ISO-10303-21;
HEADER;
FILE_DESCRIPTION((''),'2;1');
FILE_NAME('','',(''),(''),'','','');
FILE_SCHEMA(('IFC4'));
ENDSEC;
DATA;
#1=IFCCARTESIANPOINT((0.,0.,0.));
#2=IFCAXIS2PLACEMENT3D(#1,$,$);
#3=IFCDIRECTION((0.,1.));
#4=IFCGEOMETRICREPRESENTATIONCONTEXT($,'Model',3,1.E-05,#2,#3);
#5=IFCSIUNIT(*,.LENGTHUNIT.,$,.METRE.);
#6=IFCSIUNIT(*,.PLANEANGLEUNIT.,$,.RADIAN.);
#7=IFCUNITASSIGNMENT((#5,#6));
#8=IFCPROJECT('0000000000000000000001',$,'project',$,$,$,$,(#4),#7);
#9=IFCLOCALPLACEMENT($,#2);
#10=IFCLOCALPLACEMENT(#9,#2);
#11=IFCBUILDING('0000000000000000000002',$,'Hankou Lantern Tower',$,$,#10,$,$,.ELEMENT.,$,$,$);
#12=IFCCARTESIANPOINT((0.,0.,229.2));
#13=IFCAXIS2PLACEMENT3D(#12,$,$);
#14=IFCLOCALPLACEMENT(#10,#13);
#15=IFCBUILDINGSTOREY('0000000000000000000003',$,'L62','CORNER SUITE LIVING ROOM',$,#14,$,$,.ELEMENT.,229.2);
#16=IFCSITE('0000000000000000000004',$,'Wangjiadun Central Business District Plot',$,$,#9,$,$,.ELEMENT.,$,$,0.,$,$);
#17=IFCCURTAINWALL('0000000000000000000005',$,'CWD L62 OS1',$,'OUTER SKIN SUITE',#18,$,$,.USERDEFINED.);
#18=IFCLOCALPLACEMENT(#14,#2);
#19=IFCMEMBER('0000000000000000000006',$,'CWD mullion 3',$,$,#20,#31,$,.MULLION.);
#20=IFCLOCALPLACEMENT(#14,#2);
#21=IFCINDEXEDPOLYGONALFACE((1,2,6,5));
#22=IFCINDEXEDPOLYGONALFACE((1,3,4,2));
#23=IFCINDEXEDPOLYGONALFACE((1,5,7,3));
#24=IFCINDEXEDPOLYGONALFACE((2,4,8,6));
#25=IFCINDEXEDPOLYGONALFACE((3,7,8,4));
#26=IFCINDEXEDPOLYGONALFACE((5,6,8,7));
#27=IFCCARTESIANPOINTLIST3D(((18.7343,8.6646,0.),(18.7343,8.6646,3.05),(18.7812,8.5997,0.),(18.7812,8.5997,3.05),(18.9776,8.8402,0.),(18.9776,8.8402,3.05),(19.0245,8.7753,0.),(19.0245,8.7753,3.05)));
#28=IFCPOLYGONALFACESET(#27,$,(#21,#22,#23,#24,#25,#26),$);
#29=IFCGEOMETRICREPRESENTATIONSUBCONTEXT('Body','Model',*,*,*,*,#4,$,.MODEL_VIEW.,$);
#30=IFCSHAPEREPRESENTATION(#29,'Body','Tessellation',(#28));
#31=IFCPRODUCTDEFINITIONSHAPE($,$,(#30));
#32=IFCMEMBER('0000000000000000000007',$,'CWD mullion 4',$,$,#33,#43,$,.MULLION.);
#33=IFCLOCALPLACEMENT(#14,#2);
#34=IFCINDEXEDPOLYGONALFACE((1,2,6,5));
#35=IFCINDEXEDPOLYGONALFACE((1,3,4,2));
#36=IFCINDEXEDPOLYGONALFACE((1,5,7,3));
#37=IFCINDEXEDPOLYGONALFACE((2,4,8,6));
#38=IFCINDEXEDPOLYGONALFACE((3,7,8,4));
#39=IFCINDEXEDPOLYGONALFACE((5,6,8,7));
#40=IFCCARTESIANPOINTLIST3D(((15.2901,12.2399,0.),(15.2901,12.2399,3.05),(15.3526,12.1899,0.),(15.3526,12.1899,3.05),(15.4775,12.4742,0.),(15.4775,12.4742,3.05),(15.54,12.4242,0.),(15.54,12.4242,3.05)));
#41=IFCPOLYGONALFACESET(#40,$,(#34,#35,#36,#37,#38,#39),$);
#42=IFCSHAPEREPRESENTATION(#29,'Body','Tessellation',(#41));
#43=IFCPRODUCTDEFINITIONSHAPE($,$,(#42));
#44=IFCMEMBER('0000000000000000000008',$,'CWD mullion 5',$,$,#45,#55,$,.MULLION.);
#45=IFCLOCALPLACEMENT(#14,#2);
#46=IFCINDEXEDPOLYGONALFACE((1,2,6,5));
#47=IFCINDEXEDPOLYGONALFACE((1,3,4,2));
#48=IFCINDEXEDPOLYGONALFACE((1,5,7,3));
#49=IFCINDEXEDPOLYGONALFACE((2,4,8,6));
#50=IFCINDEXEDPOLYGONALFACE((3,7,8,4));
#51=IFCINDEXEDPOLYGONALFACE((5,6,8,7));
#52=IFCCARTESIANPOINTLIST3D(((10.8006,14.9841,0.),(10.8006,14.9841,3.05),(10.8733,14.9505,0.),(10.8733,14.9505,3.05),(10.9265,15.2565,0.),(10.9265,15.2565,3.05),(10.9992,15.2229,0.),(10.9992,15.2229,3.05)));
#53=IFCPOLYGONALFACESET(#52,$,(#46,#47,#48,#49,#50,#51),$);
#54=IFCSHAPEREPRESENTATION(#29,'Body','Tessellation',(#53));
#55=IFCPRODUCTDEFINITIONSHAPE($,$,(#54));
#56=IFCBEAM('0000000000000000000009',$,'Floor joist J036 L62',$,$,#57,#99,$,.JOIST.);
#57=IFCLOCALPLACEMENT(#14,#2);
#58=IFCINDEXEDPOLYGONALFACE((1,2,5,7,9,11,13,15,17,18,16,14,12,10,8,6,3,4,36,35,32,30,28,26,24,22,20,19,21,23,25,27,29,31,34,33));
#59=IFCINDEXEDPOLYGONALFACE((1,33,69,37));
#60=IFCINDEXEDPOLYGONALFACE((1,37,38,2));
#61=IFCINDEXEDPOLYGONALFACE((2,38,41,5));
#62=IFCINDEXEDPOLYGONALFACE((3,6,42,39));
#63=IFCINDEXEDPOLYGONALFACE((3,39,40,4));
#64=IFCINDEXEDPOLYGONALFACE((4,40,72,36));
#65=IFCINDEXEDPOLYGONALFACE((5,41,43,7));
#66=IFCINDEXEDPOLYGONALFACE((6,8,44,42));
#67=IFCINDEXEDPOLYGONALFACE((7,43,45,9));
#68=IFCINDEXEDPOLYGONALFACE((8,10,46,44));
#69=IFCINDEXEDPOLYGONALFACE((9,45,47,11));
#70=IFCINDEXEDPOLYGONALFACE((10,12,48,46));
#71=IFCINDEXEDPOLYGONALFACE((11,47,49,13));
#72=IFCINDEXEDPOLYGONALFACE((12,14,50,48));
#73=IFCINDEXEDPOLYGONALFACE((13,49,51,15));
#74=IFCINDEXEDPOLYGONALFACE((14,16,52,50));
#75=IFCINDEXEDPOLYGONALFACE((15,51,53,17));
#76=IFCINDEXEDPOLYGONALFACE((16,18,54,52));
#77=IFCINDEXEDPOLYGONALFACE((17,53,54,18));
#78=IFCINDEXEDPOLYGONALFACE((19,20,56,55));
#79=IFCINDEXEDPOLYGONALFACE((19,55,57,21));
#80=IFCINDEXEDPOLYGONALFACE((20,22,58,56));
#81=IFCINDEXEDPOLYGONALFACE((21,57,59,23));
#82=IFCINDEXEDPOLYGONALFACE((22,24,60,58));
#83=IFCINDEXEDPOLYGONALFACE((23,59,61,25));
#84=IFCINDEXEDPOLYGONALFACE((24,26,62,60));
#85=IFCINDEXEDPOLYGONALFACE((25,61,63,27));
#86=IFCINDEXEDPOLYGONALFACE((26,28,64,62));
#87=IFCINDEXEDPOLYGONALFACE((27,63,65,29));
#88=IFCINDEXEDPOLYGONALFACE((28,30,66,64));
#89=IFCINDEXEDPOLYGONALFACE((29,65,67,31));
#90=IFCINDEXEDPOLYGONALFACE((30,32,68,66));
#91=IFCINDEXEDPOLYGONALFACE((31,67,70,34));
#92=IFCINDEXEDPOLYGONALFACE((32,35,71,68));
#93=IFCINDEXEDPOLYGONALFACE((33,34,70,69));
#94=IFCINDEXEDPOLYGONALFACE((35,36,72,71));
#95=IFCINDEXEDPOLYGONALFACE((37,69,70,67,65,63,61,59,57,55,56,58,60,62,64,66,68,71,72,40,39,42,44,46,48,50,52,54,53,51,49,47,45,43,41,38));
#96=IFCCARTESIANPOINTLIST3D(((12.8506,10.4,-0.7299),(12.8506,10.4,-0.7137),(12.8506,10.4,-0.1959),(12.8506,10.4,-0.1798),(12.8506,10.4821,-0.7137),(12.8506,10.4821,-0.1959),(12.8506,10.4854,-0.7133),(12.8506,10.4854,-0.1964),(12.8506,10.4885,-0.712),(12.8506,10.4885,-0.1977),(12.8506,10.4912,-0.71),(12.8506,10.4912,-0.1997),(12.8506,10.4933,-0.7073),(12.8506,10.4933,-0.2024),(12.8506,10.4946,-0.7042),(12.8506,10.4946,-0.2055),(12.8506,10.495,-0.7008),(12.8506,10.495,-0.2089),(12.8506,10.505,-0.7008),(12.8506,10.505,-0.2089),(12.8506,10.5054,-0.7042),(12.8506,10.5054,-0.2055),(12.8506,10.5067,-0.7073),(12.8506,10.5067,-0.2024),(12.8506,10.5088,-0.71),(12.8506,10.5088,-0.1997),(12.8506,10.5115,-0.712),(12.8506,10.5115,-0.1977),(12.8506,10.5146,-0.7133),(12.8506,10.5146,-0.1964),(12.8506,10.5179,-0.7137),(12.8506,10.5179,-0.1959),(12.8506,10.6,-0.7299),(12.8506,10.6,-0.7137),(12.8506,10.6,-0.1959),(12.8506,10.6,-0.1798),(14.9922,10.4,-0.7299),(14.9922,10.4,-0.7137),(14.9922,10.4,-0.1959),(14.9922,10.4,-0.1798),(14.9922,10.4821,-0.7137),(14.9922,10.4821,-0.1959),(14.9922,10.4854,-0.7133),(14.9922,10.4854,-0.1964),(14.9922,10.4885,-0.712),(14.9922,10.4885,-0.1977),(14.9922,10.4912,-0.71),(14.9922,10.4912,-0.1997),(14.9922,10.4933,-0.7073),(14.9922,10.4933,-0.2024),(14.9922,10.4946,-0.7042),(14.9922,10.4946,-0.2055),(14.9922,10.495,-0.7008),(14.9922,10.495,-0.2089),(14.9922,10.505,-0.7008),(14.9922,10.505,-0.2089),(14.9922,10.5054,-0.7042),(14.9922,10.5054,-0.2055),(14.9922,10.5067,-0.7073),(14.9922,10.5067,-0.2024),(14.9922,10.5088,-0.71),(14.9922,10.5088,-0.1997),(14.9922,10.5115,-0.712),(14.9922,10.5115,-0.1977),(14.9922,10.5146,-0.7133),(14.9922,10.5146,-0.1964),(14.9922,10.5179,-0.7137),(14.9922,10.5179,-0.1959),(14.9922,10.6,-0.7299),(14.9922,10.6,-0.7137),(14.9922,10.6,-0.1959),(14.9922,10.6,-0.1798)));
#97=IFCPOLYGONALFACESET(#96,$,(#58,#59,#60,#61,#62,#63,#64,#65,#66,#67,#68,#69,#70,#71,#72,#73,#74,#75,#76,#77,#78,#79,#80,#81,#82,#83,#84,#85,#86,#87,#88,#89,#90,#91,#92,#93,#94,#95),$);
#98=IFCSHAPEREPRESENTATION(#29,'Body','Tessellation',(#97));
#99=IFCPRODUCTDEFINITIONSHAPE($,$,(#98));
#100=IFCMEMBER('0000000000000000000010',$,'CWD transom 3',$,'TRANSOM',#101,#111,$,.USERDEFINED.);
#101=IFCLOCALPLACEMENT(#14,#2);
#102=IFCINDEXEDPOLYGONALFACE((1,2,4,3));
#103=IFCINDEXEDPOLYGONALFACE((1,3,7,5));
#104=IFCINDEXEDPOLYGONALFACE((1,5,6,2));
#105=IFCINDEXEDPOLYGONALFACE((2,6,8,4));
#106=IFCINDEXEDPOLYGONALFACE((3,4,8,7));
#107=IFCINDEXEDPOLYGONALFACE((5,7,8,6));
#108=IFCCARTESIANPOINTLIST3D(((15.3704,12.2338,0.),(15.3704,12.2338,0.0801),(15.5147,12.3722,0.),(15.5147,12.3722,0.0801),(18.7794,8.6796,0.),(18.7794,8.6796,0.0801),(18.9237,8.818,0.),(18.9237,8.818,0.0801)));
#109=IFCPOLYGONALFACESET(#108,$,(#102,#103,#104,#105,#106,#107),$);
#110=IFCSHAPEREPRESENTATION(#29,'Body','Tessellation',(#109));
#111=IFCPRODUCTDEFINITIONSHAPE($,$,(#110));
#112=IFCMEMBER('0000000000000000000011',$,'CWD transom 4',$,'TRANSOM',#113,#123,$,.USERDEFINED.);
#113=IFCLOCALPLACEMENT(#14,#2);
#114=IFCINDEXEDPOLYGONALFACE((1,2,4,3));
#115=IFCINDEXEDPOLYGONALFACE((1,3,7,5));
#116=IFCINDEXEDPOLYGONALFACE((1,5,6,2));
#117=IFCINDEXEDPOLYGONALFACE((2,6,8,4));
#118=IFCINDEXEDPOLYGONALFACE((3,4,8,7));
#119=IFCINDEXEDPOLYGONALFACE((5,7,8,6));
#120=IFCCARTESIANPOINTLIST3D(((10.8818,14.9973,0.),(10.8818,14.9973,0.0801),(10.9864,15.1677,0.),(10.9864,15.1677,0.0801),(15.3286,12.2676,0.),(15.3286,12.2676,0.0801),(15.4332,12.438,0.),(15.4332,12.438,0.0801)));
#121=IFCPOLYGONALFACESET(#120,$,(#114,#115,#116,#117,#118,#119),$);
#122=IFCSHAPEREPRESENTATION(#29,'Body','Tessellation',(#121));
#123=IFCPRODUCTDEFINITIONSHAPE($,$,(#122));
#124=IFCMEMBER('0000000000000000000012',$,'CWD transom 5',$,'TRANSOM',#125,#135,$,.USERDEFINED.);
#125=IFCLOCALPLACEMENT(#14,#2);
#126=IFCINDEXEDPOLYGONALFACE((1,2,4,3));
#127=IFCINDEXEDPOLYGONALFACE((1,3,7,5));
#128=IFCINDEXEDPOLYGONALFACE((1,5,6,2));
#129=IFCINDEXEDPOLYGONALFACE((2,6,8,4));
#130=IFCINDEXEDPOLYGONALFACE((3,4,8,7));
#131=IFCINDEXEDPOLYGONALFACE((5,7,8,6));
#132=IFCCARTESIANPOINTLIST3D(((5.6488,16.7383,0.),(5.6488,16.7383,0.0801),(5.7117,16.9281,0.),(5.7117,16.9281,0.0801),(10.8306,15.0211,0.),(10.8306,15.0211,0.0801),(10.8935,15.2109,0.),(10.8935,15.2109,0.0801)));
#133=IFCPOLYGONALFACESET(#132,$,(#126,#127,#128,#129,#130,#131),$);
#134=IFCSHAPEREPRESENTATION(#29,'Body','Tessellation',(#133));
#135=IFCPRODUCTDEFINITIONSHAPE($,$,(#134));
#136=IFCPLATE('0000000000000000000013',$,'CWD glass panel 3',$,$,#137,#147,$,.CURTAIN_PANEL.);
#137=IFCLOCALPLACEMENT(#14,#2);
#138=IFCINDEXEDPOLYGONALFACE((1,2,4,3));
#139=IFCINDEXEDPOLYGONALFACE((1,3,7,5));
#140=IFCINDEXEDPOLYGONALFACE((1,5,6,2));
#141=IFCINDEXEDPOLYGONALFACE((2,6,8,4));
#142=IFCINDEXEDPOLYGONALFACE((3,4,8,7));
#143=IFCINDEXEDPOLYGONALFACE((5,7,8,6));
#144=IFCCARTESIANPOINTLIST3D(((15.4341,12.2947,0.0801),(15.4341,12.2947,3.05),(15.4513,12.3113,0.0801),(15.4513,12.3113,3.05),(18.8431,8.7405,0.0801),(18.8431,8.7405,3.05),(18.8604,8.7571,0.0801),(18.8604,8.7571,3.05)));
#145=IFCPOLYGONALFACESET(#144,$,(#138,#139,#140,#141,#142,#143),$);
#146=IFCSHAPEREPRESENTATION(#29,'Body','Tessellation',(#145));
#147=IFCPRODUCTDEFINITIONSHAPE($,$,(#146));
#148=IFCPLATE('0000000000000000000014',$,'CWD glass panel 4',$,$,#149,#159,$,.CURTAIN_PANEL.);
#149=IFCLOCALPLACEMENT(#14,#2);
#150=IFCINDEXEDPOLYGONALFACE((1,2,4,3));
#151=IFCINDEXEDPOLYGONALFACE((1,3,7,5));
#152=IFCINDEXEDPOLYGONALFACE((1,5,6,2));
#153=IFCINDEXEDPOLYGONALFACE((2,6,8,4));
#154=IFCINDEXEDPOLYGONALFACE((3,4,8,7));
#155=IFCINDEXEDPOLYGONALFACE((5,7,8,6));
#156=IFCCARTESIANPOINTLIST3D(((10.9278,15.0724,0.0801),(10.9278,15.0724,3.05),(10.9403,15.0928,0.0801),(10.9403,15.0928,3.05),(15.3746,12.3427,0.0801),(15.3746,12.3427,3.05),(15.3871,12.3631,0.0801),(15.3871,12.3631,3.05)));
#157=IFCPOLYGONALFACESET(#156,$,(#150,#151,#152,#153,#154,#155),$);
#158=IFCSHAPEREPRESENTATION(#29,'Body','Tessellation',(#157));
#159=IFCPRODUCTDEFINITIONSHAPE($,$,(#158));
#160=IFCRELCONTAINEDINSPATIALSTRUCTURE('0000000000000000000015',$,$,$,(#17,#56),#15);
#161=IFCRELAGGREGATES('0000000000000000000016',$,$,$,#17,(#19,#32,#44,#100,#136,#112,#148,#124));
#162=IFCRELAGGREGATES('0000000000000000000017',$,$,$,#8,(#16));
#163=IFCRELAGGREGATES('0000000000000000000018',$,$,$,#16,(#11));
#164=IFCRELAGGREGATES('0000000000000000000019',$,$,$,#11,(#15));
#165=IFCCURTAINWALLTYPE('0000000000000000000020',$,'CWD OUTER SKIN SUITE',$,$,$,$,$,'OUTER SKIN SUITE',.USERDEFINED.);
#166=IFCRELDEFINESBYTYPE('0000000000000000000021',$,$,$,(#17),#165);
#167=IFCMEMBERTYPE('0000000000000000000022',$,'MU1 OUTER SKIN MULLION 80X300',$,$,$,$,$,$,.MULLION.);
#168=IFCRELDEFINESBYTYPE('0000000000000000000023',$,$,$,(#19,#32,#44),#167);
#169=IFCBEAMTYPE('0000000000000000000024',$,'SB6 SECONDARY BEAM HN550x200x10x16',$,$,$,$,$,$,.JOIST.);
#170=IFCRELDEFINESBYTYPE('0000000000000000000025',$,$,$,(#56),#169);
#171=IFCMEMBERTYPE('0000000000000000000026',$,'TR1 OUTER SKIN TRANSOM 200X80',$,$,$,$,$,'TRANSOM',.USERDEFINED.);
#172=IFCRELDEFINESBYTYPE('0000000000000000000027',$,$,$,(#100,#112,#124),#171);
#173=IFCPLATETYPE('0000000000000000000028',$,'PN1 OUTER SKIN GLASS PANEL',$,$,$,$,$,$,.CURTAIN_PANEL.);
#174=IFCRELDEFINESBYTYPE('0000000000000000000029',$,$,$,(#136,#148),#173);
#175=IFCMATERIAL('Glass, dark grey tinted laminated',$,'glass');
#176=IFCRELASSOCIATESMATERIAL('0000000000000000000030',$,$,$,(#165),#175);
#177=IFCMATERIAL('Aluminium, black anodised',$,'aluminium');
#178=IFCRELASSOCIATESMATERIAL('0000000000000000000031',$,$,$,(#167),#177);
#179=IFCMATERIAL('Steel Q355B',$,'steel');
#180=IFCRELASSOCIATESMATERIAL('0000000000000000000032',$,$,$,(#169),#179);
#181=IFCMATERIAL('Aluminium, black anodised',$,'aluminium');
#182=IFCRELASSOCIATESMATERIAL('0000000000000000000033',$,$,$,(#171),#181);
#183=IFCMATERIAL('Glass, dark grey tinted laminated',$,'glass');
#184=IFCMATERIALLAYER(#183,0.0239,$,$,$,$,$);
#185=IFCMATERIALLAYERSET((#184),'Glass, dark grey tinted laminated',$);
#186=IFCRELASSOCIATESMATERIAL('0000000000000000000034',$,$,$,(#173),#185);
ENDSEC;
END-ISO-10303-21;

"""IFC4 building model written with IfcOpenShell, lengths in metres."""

from ifc_helpers import new_model, si_unit, direction, frame, origin, origin_2d, place, context, subcontext, project, spatial, rectangle, i_section, extrude, material, layer, layer_set, material_profile, profile_set, type_object, element, aggregate, save


model = new_model("IFC4")

# Units and contexts
model_context = context("Model", 3, precision=1e-05, world=origin(), true_north=direction((0.0, 1.0)))
body_context = subcontext(model_context, "Body", "Model", "MODEL_VIEW")
ifc_project = project(units=[si_unit("LENGTHUNIT", "METRE"), si_unit("PLANEANGLEUNIT", "RADIAN")], contexts=[model_context])

# Site, building, storey
site_placement = place(None, origin())
site = spatial("IfcSite", under=ifc_project, at=site_placement, Name="Wangjiadun Central Business District Plot", CompositionType="ELEMENT", RefElevation=0.0)
building_placement = place(site_placement, origin())
building = spatial("IfcBuilding", under=site, at=building_placement, Name="Hankou Lantern Tower", CompositionType="ELEMENT")
storey_placement = place(building_placement, frame((0.0, 0.0, 229.2)))
storey = spatial("IfcBuildingStorey", under=building, at=storey_placement, Name="L62", Description="CORNER SUITE LIVING ROOM", CompositionType="ELEMENT", Elevation=229.2)

# Curtain wall, members
ifc_material_1 = material(Name="Glass, dark grey tinted laminated", Category="glass")
curtain_wall_type = type_object("IfcCurtainWallType", Name="CWD OUTER SKIN SUITE", ElementType="OUTER SKIN SUITE", PredefinedType="USERDEFINED", material=ifc_material_1)
curtain_wall_placement = place(storey_placement, origin())
curtain_wall = element("IfcCurtainWall", 1, at=curtain_wall_placement, inside=storey, type_object=curtain_wall_type, Name="CWD L62 OS1", ObjectType="OUTER SKIN SUITE", PredefinedType="USERDEFINED")
ifc_material_2 = material(Name="Aluminium, black anodised", Category="aluminium")
ifc_material_profile_1 = material_profile(ifc_material_2, rectangle(XDim=0.0801, YDim=0.3, at=origin_2d()), Name="MU1 80X300")
ifc_profile_set_1 = profile_set([ifc_material_profile_1], Name="Aluminium, black anodised")
member_type_1 = type_object("IfcMemberType", Name="MU1 OUTER SKIN MULLION 80X300", PredefinedType="MULLION", material=ifc_profile_set_1)
member_1_placement = place(storey_placement, frame((18.8794, 8.72, 0.0), z_axis=(0.0, 0.0, 1.0), x_axis=(-0.585206, 0.810885, 0.0)))
member_1 = element("IfcMember", 2, at=member_1_placement, type_object=member_type_1, Name="CWD mullion 3", PredefinedType="MULLION", context=body_context, shape_type="SweptSolid", body=[
    extrude(rectangle(XDim=0.0801, YDim=0.3, at=origin_2d()), origin(), (0.0, 0.0, 1.0), 3.05),
])
member_2_placement = place(storey_placement, frame((15.415, 12.332, 0.0), z_axis=(0.0, 0.0, 1.0), x_axis=(-0.780869, 0.624695, 0.0)))
member_2 = element("IfcMember", 3, at=member_2_placement, type_object=member_type_1, Name="CWD mullion 4", PredefinedType="MULLION", context=body_context, shape_type="SweptSolid", body=[
    extrude(rectangle(XDim=0.0801, YDim=0.3, at=origin_2d()), origin(), (0.0, 0.0, 1.0), 3.05),
])
member_3_placement = place(storey_placement, frame((10.8999, 15.1035, 0.0), z_axis=(0.0, 0.0, 1.0), x_axis=(-0.907841, 0.419314, 0.0)))
member_3 = element("IfcMember", 4, at=member_3_placement, type_object=member_type_1, Name="CWD mullion 5", PredefinedType="MULLION", context=body_context, shape_type="SweptSolid", body=[
    extrude(rectangle(XDim=0.0801, YDim=0.3, at=origin_2d()), origin(), (0.0, 0.0, 1.0), 3.05),
])

# Beam
ifc_material_3 = material(Name="Steel Q355B", Category="steel")
ifc_material_profile_2 = material_profile(ifc_material_3, i_section(OverallWidth=0.2, OverallDepth=0.55, WebThickness=0.01, FlangeThickness=0.0161, FilletRadius=0.0129, at=origin_2d()), Name="HN550x200x10x16")
ifc_profile_set_2 = profile_set([ifc_material_profile_2], Name="Steel Q355B")
beam_type_1 = type_object("IfcBeamType", Name="SB6 SECONDARY BEAM HN550x200x10x16", PredefinedType="JOIST", material=ifc_profile_set_2)
beam_1_placement = place(storey_placement, frame((12.8506, 10.5, -0.4548), z_axis=(1.0, 0.0, 0.0), x_axis=(0.0, 1.0, 0.0)))
element("IfcBeam", 5, at=beam_1_placement, inside=storey, type_object=beam_type_1, Name="Floor joist J036 L62", PredefinedType="JOIST", context=body_context, shape_type="SweptSolid", body=[
    extrude(i_section(OverallWidth=0.2, OverallDepth=0.55, WebThickness=0.01, FlangeThickness=0.0161, FilletRadius=0.0129, at=origin_2d()), origin(), (0.0, 0.0, 1.0), 2.1416),
])

# Members
ifc_material_4 = material(Name="Aluminium, black anodised", Category="aluminium")
ifc_material_profile_3 = material_profile(ifc_material_4, rectangle(XDim=0.2, YDim=0.0801, at=origin_2d()), Name="TR1 200X80")
ifc_profile_set_3 = profile_set([ifc_material_profile_3], Name="Aluminium, black anodised")
member_type_2 = type_object("IfcMemberType", Name="TR1 OUTER SKIN TRANSOM 200X80", ElementType="TRANSOM", PredefinedType="USERDEFINED", material=ifc_profile_set_3)
member_4_placement = place(storey_placement, frame((18.8516, 8.7488, 0.04), z_axis=(-0.692205, 0.721701, 0.0), x_axis=(-0.721701, -0.692205, 0.0)))
member_4 = element("IfcMember", 6, at=member_4_placement, type_object=member_type_2, Name="CWD transom 3", ObjectType="TRANSOM", PredefinedType="USERDEFINED", context=body_context, shape_type="SweptSolid", body=[
    extrude(rectangle(XDim=0.2, YDim=0.0801, at=origin_2d()), origin(), (0.0, 0.0, 1.0), 4.9248),
])
member_5_placement = place(storey_placement, frame((15.3809, 12.3528, 0.04), z_axis=(-0.852235, 0.52316, 0.0), x_axis=(-0.52316, -0.852235, 0.0)))
member_5 = element("IfcMember", 7, at=member_5_placement, type_object=member_type_2, Name="CWD transom 4", ObjectType="TRANSOM", PredefinedType="USERDEFINED", context=body_context, shape_type="SweptSolid", body=[
    extrude(rectangle(XDim=0.2, YDim=0.0801, at=origin_2d()), origin(), (0.0, 0.0, 1.0), 5.2178),
])
member_6_placement = place(storey_placement, frame((10.8621, 15.116, 0.04), z_axis=(-0.949232, 0.314577, 0.0), x_axis=(-0.314577, -0.949232, 0.0)))
member_6 = element("IfcMember", 8, at=member_6_placement, type_object=member_type_2, Name="CWD transom 5", ObjectType="TRANSOM", PredefinedType="USERDEFINED", context=body_context, shape_type="SweptSolid", body=[
    extrude(rectangle(XDim=0.2, YDim=0.0801, at=origin_2d()), origin(), (0.0, 0.0, 1.0), 5.459),
])

# Plates
ifc_material_5 = material(Name="Glass, dark grey tinted laminated", Category="glass")
ifc_layer_1 = layer(ifc_material_5, 0.0239)
ifc_layer_set_1 = layer_set([ifc_layer_1], Name="Glass, dark grey tinted laminated")
plate_type = type_object("IfcPlateType", Name="PN1 OUTER SKIN GLASS PANEL", PredefinedType="CURTAIN_PANEL", material=ifc_layer_set_1)
plate_1_placement = place(storey_placement, frame((17.1472, 10.5259, 0.0801), z_axis=(0.0, 0.0, 1.0), x_axis=(-0.692216, 0.721691, 0.0)))
plate_1 = element("IfcPlate", 9, at=plate_1_placement, type_object=plate_type, Name="CWD glass panel 3", PredefinedType="CURTAIN_PANEL", context=body_context, shape_type="SweptSolid", body=[
    extrude(rectangle(XDim=4.9248, YDim=0.0239, at=origin_2d()), origin(), (0.0, 0.0, 1.0), 2.97),
])
plate_2_placement = place(storey_placement, frame((13.1575, 13.7178, 0.0801), z_axis=(0.0, 0.0, 1.0), x_axis=(-0.852237, 0.523156, 0.0)))
plate_2 = element("IfcPlate", 10, at=plate_2_placement, type_object=plate_type, Name="CWD glass panel 4", PredefinedType="CURTAIN_PANEL", context=body_context, shape_type="SweptSolid", body=[
    extrude(rectangle(XDim=5.2178, YDim=0.0239, at=origin_2d()), origin(), (0.0, 0.0, 1.0), 2.97),
])
aggregate(curtain_wall, [member_1, member_2, member_3, member_4, plate_1, member_5, plate_2, member_6])

save(model, "model.ifc")
